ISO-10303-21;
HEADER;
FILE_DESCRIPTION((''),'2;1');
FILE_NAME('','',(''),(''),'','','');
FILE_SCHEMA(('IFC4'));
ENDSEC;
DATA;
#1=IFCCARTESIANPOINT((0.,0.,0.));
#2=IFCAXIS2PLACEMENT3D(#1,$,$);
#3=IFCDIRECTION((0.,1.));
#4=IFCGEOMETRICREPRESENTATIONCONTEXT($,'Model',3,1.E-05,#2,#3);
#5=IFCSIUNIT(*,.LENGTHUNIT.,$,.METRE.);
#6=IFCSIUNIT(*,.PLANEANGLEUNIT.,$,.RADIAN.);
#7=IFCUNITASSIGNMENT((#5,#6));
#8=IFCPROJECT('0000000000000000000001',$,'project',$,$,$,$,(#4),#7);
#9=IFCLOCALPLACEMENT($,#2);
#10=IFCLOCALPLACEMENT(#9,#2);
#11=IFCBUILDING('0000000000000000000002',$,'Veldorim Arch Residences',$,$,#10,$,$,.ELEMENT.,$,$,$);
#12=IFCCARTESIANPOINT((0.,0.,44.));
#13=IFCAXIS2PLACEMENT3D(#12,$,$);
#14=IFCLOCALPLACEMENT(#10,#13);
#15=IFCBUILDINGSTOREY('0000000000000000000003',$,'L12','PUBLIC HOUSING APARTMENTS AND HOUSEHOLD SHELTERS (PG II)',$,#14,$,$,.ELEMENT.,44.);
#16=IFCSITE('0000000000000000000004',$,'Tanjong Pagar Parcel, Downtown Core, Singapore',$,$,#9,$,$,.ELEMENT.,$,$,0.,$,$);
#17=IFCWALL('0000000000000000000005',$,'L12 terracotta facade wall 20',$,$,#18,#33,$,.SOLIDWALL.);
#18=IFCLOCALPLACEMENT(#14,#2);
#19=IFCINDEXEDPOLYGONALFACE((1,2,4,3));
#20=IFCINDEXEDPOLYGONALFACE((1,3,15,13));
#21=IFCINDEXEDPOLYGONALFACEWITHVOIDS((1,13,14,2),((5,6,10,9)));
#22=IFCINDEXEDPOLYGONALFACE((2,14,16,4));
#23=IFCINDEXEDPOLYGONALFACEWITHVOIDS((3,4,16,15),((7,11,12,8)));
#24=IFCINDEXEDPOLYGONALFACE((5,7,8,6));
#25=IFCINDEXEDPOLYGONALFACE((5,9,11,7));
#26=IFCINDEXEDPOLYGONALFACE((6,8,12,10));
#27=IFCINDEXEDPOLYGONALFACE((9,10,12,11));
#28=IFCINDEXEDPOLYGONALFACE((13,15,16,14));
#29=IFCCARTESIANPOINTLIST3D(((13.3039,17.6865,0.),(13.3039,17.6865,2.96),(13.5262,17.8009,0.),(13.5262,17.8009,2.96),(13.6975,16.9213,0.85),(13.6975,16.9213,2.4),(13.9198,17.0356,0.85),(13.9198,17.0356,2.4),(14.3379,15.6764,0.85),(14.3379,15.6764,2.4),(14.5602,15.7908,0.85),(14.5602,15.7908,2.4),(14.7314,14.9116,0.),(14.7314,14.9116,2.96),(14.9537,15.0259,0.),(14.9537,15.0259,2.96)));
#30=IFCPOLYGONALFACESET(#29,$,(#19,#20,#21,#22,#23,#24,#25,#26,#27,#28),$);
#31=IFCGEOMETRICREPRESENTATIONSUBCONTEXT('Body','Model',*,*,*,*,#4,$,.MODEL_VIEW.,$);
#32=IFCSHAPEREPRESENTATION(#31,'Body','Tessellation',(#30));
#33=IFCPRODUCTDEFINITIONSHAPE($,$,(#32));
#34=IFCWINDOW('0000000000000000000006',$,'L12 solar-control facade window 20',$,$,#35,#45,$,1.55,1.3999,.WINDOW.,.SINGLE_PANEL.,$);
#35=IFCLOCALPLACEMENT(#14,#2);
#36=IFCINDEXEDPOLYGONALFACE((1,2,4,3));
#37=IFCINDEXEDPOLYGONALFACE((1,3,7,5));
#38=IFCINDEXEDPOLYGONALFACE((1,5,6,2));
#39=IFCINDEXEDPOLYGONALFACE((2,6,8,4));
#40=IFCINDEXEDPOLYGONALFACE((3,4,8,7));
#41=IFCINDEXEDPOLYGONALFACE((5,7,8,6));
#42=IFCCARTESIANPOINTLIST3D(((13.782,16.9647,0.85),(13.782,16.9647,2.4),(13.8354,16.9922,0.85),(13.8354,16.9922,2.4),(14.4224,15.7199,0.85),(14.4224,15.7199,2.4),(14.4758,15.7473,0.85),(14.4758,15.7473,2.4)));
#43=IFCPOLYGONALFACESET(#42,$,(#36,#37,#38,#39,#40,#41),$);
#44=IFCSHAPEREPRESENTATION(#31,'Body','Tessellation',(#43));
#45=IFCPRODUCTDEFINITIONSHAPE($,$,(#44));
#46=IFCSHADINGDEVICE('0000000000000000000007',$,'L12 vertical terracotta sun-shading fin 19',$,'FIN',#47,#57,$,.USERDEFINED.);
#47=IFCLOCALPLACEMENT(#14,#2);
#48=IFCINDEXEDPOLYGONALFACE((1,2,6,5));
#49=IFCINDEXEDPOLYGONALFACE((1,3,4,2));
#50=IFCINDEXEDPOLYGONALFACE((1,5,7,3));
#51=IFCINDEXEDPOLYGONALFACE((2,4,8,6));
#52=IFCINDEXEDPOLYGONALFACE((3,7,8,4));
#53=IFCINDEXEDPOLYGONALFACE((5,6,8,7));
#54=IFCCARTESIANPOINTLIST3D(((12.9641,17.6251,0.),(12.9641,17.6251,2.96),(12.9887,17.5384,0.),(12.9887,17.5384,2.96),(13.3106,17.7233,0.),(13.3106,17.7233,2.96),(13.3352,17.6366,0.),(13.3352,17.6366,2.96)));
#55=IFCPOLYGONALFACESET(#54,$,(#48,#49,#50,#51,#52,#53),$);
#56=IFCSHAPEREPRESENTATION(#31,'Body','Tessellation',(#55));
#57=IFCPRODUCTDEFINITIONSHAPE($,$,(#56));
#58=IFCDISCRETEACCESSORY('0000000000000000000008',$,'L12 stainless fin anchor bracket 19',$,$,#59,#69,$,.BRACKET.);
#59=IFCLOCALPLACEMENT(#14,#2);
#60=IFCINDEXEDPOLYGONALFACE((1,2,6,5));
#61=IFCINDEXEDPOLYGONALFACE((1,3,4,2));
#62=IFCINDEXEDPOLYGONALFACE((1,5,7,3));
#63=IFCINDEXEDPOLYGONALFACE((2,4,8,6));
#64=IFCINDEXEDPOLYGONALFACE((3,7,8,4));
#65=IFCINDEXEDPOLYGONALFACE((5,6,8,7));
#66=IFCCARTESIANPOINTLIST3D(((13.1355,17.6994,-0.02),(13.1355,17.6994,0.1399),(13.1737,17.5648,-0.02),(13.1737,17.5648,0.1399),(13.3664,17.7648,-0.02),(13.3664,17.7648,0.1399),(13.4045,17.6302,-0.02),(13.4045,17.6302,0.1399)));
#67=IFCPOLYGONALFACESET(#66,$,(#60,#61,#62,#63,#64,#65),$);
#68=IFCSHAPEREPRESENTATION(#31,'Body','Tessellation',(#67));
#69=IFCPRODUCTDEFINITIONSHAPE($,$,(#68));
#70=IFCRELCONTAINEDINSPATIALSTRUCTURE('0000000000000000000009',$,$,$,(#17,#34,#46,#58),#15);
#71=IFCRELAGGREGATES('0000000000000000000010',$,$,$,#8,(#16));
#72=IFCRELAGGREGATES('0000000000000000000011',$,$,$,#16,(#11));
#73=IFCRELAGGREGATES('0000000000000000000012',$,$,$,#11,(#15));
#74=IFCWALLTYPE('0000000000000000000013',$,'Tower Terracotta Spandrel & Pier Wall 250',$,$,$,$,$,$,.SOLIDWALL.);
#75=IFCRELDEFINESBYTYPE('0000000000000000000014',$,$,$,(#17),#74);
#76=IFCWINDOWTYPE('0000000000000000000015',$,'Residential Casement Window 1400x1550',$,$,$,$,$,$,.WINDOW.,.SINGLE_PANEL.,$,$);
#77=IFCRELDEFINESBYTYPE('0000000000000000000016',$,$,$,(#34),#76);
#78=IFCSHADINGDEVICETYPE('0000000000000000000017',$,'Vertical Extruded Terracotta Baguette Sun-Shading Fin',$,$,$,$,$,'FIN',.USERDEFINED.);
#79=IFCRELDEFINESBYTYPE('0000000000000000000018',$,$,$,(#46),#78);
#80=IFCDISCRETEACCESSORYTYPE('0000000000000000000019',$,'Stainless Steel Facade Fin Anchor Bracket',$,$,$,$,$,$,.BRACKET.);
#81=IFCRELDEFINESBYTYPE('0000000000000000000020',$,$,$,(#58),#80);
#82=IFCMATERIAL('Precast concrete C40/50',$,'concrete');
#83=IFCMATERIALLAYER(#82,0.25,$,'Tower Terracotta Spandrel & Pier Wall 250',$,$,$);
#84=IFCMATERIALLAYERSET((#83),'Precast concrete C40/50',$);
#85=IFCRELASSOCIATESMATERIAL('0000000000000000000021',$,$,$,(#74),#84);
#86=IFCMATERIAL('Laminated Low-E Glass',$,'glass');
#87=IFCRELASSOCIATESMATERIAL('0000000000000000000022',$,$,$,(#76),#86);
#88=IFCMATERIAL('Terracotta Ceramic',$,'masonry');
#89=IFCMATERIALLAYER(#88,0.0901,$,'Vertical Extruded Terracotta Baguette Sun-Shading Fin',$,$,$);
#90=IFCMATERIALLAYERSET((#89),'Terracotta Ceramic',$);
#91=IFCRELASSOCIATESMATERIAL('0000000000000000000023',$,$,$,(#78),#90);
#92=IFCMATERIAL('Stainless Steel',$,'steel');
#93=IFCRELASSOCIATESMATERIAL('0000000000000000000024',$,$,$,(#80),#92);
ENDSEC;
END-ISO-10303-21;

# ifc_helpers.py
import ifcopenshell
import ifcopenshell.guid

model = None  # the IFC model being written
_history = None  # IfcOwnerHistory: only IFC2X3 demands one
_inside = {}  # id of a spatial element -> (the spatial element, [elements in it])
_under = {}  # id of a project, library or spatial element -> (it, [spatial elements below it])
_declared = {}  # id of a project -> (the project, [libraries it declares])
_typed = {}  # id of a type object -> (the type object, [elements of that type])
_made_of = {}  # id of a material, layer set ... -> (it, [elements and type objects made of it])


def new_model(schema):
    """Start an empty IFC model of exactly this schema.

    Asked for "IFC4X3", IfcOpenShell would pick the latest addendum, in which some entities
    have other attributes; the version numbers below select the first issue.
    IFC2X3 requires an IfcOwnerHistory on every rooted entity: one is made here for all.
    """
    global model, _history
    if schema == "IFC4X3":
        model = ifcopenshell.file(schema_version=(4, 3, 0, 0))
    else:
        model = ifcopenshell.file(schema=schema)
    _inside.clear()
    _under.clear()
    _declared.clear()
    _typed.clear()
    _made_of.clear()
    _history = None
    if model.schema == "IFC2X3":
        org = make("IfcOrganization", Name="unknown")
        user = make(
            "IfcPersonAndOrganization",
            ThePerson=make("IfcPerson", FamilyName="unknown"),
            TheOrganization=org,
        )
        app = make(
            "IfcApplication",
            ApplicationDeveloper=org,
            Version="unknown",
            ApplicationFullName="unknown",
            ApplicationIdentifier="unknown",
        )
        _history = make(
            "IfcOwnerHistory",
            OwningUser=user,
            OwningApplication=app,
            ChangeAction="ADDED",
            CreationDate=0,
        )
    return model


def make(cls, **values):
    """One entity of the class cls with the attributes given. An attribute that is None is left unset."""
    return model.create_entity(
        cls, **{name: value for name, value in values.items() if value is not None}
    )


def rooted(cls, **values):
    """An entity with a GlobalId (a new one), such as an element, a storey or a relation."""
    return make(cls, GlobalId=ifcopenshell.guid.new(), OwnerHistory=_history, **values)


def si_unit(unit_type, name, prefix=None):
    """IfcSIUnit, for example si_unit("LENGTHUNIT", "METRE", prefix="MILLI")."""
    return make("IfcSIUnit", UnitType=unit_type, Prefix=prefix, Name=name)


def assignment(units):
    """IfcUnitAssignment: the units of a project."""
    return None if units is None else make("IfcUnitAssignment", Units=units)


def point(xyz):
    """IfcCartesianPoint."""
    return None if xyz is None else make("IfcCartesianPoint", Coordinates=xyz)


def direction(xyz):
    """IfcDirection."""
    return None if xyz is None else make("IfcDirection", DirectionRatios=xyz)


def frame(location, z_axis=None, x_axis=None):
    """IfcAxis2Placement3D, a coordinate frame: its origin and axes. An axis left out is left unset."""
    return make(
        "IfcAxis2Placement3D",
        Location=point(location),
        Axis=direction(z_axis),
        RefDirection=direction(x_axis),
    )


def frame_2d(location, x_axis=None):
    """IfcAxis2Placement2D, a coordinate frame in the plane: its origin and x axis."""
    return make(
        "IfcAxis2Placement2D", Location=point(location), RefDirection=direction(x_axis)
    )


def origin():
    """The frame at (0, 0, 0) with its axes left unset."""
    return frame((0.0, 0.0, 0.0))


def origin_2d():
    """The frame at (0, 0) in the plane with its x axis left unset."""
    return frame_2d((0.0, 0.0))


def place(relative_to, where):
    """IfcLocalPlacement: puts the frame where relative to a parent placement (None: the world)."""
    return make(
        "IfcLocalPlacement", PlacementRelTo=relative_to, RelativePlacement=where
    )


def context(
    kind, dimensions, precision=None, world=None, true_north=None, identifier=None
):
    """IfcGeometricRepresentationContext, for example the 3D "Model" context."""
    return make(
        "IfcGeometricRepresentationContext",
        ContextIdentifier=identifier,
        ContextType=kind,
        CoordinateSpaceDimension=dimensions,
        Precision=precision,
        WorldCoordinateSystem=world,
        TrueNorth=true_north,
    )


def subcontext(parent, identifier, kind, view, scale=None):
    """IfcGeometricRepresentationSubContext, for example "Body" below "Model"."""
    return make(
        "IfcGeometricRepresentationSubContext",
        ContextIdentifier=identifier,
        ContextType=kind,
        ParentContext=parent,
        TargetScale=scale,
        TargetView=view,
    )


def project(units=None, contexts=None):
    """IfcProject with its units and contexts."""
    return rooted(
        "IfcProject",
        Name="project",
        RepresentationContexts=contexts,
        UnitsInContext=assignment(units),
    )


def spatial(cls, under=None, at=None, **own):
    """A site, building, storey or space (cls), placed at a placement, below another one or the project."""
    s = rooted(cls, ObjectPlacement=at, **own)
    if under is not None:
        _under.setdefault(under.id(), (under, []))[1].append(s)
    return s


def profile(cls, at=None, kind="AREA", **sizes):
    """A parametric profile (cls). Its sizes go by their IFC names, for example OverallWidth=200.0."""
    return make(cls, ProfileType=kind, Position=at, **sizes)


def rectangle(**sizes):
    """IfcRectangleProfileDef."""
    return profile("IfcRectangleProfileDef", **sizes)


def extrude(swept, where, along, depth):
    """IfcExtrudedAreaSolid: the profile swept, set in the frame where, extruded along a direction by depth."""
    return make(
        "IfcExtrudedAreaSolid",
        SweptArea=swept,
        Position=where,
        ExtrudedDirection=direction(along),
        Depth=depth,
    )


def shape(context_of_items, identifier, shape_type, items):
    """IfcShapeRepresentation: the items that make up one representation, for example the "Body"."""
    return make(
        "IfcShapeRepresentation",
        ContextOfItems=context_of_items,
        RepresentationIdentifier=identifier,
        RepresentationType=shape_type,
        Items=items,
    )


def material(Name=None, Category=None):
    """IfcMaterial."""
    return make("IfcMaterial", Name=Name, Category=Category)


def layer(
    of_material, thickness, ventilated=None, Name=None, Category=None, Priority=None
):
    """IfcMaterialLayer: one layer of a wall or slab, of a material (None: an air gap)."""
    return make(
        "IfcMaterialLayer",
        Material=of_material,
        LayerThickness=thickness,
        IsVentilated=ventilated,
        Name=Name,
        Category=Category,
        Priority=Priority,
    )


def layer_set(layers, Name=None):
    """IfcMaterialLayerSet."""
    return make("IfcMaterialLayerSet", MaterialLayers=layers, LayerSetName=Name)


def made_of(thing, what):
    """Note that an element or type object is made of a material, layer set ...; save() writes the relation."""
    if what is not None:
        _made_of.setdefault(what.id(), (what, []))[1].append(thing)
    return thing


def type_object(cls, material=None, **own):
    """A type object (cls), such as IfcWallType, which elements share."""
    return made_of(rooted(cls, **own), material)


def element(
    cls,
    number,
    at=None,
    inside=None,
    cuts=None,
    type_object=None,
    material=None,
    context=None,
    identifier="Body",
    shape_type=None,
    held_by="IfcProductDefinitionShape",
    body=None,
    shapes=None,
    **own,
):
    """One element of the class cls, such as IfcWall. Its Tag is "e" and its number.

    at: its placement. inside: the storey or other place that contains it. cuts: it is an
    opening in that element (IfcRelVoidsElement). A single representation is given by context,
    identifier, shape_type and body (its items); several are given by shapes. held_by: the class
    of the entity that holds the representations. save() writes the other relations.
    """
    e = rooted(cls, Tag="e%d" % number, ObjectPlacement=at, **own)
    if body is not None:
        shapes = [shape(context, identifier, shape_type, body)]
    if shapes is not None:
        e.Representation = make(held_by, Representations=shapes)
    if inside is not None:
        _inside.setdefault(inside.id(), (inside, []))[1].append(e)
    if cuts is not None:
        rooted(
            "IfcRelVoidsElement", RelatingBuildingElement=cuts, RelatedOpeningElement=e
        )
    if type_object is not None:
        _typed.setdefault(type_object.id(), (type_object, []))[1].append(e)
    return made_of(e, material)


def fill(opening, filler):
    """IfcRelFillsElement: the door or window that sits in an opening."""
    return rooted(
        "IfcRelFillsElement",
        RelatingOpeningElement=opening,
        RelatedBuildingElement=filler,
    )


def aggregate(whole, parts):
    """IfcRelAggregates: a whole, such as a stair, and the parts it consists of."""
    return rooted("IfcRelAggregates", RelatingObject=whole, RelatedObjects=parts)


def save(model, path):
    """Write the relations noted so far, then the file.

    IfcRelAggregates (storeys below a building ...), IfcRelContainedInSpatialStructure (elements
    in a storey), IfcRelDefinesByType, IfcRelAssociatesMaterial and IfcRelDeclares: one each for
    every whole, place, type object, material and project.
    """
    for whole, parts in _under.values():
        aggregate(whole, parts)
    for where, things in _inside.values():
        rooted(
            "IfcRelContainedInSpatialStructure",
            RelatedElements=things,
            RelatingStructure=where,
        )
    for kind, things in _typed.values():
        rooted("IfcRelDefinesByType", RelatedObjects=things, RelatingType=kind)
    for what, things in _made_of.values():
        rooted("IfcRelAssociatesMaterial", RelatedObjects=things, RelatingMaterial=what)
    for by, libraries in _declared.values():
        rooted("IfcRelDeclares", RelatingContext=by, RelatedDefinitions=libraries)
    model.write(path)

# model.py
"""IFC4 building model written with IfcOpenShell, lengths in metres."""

from ifc_helpers import new_model, si_unit, direction, frame, frame_2d, origin, origin_2d, place, context, subcontext, project, spatial, rectangle, extrude, material, layer, layer_set, type_object, element, fill, save


model = new_model("IFC4")

# Units and contexts
model_context = context("Model", 3, precision=1e-05, world=origin(), true_north=direction((0.0, 1.0)))
body_context = subcontext(model_context, "Body", "Model", "MODEL_VIEW")
ifc_project = project(units=[si_unit("LENGTHUNIT", "METRE"), si_unit("PLANEANGLEUNIT", "RADIAN")], contexts=[model_context])

# Site, building, storey
site_placement = place(None, origin())
site = spatial("IfcSite", under=ifc_project, at=site_placement, Name="Tanjong Pagar Parcel, Downtown Core, Singapore", CompositionType="ELEMENT", RefElevation=0.0)
building_placement = place(site_placement, origin())
building = spatial("IfcBuilding", under=site, at=building_placement, Name="Veldorim Arch Residences", CompositionType="ELEMENT")
storey_placement = place(building_placement, frame((0.0, 0.0, 44.0)))
storey = spatial("IfcBuildingStorey", under=building, at=storey_placement, Name="L12", Description="PUBLIC HOUSING APARTMENTS AND HOUSEHOLD SHELTERS (PG II)", CompositionType="ELEMENT", Elevation=44.0)

# Wall, opening, window
ifc_material_1 = material(Name="Precast concrete C40/50", Category="concrete")
ifc_layer_1 = layer(ifc_material_1, 0.25, Name="Tower Terracotta Spandrel & Pier Wall 250")
ifc_layer_set_1 = layer_set([ifc_layer_1], Name="Precast concrete C40/50")
wall_type_1 = type_object("IfcWallType", Name="Tower Terracotta Spandrel & Pier Wall 250", PredefinedType="SOLIDWALL", material=ifc_layer_set_1)
ifc_material_2 = material(Name="Laminated Low-E Glass", Category="glass")
window_type = type_object("IfcWindowType", Name="Residential Casement Window 1400x1550", PartitioningType="SINGLE_PANEL", PredefinedType="WINDOW", material=ifc_material_2)
wall_1_placement = place(storey_placement, frame((14.8425, 14.9688, 0.0), z_axis=(0.0, 0.0, 1.0), x_axis=(-0.457449, 0.889236, 0.0)))
wall_1 = element("IfcWall", 1, at=wall_1_placement, inside=storey, type_object=wall_type_1, Name="L12 terracotta facade wall 20", PredefinedType="SOLIDWALL", context=body_context, shape_type="SweptSolid", body=[
    extrude(rectangle(XDim=3.1206, YDim=0.25, at=frame_2d((1.5603, 0.0))), origin(), (0.0, 0.0, 1.0), 2.96),
])
opening_1_placement = place(wall_1_placement, frame((0.8601, 0.0, 0.8501)))
opening_1 = element("IfcOpeningElement", 2, at=opening_1_placement, cuts=wall_1, PredefinedType="OPENING", context=body_context, shape_type="SweptSolid", body=[
    extrude(rectangle(XDim=1.3999, YDim=1.55, at=frame_2d((0.7, 0.7749))), frame((0.0, 0.135, 0.0), z_axis=(0.0, -1.0, 0.0), x_axis=(1.0, 0.0, 0.0)), (0.0, 0.0, 1.0), 0.27),
])
window_1_placement = place(opening_1_placement, origin())
window_1 = element("IfcWindow", 3, at=window_1_placement, inside=storey, type_object=window_type, Name="L12 solar-control facade window 20", OverallHeight=1.55, OverallWidth=1.3999, PartitioningType="SINGLE_PANEL", PredefinedType="WINDOW", context=body_context, shape_type="SweptSolid", body=[
    extrude(rectangle(XDim=1.3999, YDim=1.55, at=frame_2d((0.7, 0.7749))), frame((0.0, 0.03, 0.0), z_axis=(0.0, -1.0, 0.0), x_axis=(1.0, 0.0, 0.0)), (0.0, 0.0, 1.0), 0.0601),
])
fill(opening_1, window_1)

# Shading device
ifc_material_3 = material(Name="Terracotta Ceramic", Category="masonry")
ifc_layer_2 = layer(ifc_material_3, 0.0901, Name="Vertical Extruded Terracotta Baguette Sun-Shading Fin")
ifc_layer_set_2 = layer_set([ifc_layer_2], Name="Terracotta Ceramic")
shading_device_type = type_object("IfcShadingDeviceType", Name="Vertical Extruded Terracotta Baguette Sun-Shading Fin", ElementType="FIN", PredefinedType="USERDEFINED", material=ifc_layer_set_2)
shading_device_placement = place(storey_placement, frame((13.1497, 17.6309, 0.0), z_axis=(0.0, 0.0, 1.0), x_axis=(-0.272784, 0.962075, 0.0)))
element("IfcShadingDevice", 4, at=shading_device_placement, inside=storey, type_object=shading_device_type, Name="L12 vertical terracotta sun-shading fin 19", ObjectType="FIN", PredefinedType="USERDEFINED", context=body_context, shape_type="SweptSolid", body=[
    extrude(rectangle(XDim=0.0901, YDim=0.3601, at=origin_2d()), origin(), (0.0, 0.0, 1.0), 2.96),
])

# Discrete accessory
ifc_material_4 = material(Name="Stainless Steel", Category="steel")
discrete_accessory_type = type_object("IfcDiscreteAccessoryType", Name="Stainless Steel Facade Fin Anchor Bracket", PredefinedType="BRACKET", material=ifc_material_4)
discrete_accessory_placement = place(storey_placement, frame((13.27, 17.6648, -0.02), z_axis=(0.0, 0.0, 1.0), x_axis=(-0.272784, 0.962075, 0.0)))
element("IfcDiscreteAccessory", 5, at=discrete_accessory_placement, inside=storey, type_object=discrete_accessory_type, Name="L12 stainless fin anchor bracket 19", PredefinedType="BRACKET", context=body_context, shape_type="SweptSolid", body=[
    extrude(rectangle(XDim=0.1399, YDim=0.24, at=origin_2d()), origin(), (0.0, 0.0, 1.0), 0.1599),
])

save(model, "model.ifc")
